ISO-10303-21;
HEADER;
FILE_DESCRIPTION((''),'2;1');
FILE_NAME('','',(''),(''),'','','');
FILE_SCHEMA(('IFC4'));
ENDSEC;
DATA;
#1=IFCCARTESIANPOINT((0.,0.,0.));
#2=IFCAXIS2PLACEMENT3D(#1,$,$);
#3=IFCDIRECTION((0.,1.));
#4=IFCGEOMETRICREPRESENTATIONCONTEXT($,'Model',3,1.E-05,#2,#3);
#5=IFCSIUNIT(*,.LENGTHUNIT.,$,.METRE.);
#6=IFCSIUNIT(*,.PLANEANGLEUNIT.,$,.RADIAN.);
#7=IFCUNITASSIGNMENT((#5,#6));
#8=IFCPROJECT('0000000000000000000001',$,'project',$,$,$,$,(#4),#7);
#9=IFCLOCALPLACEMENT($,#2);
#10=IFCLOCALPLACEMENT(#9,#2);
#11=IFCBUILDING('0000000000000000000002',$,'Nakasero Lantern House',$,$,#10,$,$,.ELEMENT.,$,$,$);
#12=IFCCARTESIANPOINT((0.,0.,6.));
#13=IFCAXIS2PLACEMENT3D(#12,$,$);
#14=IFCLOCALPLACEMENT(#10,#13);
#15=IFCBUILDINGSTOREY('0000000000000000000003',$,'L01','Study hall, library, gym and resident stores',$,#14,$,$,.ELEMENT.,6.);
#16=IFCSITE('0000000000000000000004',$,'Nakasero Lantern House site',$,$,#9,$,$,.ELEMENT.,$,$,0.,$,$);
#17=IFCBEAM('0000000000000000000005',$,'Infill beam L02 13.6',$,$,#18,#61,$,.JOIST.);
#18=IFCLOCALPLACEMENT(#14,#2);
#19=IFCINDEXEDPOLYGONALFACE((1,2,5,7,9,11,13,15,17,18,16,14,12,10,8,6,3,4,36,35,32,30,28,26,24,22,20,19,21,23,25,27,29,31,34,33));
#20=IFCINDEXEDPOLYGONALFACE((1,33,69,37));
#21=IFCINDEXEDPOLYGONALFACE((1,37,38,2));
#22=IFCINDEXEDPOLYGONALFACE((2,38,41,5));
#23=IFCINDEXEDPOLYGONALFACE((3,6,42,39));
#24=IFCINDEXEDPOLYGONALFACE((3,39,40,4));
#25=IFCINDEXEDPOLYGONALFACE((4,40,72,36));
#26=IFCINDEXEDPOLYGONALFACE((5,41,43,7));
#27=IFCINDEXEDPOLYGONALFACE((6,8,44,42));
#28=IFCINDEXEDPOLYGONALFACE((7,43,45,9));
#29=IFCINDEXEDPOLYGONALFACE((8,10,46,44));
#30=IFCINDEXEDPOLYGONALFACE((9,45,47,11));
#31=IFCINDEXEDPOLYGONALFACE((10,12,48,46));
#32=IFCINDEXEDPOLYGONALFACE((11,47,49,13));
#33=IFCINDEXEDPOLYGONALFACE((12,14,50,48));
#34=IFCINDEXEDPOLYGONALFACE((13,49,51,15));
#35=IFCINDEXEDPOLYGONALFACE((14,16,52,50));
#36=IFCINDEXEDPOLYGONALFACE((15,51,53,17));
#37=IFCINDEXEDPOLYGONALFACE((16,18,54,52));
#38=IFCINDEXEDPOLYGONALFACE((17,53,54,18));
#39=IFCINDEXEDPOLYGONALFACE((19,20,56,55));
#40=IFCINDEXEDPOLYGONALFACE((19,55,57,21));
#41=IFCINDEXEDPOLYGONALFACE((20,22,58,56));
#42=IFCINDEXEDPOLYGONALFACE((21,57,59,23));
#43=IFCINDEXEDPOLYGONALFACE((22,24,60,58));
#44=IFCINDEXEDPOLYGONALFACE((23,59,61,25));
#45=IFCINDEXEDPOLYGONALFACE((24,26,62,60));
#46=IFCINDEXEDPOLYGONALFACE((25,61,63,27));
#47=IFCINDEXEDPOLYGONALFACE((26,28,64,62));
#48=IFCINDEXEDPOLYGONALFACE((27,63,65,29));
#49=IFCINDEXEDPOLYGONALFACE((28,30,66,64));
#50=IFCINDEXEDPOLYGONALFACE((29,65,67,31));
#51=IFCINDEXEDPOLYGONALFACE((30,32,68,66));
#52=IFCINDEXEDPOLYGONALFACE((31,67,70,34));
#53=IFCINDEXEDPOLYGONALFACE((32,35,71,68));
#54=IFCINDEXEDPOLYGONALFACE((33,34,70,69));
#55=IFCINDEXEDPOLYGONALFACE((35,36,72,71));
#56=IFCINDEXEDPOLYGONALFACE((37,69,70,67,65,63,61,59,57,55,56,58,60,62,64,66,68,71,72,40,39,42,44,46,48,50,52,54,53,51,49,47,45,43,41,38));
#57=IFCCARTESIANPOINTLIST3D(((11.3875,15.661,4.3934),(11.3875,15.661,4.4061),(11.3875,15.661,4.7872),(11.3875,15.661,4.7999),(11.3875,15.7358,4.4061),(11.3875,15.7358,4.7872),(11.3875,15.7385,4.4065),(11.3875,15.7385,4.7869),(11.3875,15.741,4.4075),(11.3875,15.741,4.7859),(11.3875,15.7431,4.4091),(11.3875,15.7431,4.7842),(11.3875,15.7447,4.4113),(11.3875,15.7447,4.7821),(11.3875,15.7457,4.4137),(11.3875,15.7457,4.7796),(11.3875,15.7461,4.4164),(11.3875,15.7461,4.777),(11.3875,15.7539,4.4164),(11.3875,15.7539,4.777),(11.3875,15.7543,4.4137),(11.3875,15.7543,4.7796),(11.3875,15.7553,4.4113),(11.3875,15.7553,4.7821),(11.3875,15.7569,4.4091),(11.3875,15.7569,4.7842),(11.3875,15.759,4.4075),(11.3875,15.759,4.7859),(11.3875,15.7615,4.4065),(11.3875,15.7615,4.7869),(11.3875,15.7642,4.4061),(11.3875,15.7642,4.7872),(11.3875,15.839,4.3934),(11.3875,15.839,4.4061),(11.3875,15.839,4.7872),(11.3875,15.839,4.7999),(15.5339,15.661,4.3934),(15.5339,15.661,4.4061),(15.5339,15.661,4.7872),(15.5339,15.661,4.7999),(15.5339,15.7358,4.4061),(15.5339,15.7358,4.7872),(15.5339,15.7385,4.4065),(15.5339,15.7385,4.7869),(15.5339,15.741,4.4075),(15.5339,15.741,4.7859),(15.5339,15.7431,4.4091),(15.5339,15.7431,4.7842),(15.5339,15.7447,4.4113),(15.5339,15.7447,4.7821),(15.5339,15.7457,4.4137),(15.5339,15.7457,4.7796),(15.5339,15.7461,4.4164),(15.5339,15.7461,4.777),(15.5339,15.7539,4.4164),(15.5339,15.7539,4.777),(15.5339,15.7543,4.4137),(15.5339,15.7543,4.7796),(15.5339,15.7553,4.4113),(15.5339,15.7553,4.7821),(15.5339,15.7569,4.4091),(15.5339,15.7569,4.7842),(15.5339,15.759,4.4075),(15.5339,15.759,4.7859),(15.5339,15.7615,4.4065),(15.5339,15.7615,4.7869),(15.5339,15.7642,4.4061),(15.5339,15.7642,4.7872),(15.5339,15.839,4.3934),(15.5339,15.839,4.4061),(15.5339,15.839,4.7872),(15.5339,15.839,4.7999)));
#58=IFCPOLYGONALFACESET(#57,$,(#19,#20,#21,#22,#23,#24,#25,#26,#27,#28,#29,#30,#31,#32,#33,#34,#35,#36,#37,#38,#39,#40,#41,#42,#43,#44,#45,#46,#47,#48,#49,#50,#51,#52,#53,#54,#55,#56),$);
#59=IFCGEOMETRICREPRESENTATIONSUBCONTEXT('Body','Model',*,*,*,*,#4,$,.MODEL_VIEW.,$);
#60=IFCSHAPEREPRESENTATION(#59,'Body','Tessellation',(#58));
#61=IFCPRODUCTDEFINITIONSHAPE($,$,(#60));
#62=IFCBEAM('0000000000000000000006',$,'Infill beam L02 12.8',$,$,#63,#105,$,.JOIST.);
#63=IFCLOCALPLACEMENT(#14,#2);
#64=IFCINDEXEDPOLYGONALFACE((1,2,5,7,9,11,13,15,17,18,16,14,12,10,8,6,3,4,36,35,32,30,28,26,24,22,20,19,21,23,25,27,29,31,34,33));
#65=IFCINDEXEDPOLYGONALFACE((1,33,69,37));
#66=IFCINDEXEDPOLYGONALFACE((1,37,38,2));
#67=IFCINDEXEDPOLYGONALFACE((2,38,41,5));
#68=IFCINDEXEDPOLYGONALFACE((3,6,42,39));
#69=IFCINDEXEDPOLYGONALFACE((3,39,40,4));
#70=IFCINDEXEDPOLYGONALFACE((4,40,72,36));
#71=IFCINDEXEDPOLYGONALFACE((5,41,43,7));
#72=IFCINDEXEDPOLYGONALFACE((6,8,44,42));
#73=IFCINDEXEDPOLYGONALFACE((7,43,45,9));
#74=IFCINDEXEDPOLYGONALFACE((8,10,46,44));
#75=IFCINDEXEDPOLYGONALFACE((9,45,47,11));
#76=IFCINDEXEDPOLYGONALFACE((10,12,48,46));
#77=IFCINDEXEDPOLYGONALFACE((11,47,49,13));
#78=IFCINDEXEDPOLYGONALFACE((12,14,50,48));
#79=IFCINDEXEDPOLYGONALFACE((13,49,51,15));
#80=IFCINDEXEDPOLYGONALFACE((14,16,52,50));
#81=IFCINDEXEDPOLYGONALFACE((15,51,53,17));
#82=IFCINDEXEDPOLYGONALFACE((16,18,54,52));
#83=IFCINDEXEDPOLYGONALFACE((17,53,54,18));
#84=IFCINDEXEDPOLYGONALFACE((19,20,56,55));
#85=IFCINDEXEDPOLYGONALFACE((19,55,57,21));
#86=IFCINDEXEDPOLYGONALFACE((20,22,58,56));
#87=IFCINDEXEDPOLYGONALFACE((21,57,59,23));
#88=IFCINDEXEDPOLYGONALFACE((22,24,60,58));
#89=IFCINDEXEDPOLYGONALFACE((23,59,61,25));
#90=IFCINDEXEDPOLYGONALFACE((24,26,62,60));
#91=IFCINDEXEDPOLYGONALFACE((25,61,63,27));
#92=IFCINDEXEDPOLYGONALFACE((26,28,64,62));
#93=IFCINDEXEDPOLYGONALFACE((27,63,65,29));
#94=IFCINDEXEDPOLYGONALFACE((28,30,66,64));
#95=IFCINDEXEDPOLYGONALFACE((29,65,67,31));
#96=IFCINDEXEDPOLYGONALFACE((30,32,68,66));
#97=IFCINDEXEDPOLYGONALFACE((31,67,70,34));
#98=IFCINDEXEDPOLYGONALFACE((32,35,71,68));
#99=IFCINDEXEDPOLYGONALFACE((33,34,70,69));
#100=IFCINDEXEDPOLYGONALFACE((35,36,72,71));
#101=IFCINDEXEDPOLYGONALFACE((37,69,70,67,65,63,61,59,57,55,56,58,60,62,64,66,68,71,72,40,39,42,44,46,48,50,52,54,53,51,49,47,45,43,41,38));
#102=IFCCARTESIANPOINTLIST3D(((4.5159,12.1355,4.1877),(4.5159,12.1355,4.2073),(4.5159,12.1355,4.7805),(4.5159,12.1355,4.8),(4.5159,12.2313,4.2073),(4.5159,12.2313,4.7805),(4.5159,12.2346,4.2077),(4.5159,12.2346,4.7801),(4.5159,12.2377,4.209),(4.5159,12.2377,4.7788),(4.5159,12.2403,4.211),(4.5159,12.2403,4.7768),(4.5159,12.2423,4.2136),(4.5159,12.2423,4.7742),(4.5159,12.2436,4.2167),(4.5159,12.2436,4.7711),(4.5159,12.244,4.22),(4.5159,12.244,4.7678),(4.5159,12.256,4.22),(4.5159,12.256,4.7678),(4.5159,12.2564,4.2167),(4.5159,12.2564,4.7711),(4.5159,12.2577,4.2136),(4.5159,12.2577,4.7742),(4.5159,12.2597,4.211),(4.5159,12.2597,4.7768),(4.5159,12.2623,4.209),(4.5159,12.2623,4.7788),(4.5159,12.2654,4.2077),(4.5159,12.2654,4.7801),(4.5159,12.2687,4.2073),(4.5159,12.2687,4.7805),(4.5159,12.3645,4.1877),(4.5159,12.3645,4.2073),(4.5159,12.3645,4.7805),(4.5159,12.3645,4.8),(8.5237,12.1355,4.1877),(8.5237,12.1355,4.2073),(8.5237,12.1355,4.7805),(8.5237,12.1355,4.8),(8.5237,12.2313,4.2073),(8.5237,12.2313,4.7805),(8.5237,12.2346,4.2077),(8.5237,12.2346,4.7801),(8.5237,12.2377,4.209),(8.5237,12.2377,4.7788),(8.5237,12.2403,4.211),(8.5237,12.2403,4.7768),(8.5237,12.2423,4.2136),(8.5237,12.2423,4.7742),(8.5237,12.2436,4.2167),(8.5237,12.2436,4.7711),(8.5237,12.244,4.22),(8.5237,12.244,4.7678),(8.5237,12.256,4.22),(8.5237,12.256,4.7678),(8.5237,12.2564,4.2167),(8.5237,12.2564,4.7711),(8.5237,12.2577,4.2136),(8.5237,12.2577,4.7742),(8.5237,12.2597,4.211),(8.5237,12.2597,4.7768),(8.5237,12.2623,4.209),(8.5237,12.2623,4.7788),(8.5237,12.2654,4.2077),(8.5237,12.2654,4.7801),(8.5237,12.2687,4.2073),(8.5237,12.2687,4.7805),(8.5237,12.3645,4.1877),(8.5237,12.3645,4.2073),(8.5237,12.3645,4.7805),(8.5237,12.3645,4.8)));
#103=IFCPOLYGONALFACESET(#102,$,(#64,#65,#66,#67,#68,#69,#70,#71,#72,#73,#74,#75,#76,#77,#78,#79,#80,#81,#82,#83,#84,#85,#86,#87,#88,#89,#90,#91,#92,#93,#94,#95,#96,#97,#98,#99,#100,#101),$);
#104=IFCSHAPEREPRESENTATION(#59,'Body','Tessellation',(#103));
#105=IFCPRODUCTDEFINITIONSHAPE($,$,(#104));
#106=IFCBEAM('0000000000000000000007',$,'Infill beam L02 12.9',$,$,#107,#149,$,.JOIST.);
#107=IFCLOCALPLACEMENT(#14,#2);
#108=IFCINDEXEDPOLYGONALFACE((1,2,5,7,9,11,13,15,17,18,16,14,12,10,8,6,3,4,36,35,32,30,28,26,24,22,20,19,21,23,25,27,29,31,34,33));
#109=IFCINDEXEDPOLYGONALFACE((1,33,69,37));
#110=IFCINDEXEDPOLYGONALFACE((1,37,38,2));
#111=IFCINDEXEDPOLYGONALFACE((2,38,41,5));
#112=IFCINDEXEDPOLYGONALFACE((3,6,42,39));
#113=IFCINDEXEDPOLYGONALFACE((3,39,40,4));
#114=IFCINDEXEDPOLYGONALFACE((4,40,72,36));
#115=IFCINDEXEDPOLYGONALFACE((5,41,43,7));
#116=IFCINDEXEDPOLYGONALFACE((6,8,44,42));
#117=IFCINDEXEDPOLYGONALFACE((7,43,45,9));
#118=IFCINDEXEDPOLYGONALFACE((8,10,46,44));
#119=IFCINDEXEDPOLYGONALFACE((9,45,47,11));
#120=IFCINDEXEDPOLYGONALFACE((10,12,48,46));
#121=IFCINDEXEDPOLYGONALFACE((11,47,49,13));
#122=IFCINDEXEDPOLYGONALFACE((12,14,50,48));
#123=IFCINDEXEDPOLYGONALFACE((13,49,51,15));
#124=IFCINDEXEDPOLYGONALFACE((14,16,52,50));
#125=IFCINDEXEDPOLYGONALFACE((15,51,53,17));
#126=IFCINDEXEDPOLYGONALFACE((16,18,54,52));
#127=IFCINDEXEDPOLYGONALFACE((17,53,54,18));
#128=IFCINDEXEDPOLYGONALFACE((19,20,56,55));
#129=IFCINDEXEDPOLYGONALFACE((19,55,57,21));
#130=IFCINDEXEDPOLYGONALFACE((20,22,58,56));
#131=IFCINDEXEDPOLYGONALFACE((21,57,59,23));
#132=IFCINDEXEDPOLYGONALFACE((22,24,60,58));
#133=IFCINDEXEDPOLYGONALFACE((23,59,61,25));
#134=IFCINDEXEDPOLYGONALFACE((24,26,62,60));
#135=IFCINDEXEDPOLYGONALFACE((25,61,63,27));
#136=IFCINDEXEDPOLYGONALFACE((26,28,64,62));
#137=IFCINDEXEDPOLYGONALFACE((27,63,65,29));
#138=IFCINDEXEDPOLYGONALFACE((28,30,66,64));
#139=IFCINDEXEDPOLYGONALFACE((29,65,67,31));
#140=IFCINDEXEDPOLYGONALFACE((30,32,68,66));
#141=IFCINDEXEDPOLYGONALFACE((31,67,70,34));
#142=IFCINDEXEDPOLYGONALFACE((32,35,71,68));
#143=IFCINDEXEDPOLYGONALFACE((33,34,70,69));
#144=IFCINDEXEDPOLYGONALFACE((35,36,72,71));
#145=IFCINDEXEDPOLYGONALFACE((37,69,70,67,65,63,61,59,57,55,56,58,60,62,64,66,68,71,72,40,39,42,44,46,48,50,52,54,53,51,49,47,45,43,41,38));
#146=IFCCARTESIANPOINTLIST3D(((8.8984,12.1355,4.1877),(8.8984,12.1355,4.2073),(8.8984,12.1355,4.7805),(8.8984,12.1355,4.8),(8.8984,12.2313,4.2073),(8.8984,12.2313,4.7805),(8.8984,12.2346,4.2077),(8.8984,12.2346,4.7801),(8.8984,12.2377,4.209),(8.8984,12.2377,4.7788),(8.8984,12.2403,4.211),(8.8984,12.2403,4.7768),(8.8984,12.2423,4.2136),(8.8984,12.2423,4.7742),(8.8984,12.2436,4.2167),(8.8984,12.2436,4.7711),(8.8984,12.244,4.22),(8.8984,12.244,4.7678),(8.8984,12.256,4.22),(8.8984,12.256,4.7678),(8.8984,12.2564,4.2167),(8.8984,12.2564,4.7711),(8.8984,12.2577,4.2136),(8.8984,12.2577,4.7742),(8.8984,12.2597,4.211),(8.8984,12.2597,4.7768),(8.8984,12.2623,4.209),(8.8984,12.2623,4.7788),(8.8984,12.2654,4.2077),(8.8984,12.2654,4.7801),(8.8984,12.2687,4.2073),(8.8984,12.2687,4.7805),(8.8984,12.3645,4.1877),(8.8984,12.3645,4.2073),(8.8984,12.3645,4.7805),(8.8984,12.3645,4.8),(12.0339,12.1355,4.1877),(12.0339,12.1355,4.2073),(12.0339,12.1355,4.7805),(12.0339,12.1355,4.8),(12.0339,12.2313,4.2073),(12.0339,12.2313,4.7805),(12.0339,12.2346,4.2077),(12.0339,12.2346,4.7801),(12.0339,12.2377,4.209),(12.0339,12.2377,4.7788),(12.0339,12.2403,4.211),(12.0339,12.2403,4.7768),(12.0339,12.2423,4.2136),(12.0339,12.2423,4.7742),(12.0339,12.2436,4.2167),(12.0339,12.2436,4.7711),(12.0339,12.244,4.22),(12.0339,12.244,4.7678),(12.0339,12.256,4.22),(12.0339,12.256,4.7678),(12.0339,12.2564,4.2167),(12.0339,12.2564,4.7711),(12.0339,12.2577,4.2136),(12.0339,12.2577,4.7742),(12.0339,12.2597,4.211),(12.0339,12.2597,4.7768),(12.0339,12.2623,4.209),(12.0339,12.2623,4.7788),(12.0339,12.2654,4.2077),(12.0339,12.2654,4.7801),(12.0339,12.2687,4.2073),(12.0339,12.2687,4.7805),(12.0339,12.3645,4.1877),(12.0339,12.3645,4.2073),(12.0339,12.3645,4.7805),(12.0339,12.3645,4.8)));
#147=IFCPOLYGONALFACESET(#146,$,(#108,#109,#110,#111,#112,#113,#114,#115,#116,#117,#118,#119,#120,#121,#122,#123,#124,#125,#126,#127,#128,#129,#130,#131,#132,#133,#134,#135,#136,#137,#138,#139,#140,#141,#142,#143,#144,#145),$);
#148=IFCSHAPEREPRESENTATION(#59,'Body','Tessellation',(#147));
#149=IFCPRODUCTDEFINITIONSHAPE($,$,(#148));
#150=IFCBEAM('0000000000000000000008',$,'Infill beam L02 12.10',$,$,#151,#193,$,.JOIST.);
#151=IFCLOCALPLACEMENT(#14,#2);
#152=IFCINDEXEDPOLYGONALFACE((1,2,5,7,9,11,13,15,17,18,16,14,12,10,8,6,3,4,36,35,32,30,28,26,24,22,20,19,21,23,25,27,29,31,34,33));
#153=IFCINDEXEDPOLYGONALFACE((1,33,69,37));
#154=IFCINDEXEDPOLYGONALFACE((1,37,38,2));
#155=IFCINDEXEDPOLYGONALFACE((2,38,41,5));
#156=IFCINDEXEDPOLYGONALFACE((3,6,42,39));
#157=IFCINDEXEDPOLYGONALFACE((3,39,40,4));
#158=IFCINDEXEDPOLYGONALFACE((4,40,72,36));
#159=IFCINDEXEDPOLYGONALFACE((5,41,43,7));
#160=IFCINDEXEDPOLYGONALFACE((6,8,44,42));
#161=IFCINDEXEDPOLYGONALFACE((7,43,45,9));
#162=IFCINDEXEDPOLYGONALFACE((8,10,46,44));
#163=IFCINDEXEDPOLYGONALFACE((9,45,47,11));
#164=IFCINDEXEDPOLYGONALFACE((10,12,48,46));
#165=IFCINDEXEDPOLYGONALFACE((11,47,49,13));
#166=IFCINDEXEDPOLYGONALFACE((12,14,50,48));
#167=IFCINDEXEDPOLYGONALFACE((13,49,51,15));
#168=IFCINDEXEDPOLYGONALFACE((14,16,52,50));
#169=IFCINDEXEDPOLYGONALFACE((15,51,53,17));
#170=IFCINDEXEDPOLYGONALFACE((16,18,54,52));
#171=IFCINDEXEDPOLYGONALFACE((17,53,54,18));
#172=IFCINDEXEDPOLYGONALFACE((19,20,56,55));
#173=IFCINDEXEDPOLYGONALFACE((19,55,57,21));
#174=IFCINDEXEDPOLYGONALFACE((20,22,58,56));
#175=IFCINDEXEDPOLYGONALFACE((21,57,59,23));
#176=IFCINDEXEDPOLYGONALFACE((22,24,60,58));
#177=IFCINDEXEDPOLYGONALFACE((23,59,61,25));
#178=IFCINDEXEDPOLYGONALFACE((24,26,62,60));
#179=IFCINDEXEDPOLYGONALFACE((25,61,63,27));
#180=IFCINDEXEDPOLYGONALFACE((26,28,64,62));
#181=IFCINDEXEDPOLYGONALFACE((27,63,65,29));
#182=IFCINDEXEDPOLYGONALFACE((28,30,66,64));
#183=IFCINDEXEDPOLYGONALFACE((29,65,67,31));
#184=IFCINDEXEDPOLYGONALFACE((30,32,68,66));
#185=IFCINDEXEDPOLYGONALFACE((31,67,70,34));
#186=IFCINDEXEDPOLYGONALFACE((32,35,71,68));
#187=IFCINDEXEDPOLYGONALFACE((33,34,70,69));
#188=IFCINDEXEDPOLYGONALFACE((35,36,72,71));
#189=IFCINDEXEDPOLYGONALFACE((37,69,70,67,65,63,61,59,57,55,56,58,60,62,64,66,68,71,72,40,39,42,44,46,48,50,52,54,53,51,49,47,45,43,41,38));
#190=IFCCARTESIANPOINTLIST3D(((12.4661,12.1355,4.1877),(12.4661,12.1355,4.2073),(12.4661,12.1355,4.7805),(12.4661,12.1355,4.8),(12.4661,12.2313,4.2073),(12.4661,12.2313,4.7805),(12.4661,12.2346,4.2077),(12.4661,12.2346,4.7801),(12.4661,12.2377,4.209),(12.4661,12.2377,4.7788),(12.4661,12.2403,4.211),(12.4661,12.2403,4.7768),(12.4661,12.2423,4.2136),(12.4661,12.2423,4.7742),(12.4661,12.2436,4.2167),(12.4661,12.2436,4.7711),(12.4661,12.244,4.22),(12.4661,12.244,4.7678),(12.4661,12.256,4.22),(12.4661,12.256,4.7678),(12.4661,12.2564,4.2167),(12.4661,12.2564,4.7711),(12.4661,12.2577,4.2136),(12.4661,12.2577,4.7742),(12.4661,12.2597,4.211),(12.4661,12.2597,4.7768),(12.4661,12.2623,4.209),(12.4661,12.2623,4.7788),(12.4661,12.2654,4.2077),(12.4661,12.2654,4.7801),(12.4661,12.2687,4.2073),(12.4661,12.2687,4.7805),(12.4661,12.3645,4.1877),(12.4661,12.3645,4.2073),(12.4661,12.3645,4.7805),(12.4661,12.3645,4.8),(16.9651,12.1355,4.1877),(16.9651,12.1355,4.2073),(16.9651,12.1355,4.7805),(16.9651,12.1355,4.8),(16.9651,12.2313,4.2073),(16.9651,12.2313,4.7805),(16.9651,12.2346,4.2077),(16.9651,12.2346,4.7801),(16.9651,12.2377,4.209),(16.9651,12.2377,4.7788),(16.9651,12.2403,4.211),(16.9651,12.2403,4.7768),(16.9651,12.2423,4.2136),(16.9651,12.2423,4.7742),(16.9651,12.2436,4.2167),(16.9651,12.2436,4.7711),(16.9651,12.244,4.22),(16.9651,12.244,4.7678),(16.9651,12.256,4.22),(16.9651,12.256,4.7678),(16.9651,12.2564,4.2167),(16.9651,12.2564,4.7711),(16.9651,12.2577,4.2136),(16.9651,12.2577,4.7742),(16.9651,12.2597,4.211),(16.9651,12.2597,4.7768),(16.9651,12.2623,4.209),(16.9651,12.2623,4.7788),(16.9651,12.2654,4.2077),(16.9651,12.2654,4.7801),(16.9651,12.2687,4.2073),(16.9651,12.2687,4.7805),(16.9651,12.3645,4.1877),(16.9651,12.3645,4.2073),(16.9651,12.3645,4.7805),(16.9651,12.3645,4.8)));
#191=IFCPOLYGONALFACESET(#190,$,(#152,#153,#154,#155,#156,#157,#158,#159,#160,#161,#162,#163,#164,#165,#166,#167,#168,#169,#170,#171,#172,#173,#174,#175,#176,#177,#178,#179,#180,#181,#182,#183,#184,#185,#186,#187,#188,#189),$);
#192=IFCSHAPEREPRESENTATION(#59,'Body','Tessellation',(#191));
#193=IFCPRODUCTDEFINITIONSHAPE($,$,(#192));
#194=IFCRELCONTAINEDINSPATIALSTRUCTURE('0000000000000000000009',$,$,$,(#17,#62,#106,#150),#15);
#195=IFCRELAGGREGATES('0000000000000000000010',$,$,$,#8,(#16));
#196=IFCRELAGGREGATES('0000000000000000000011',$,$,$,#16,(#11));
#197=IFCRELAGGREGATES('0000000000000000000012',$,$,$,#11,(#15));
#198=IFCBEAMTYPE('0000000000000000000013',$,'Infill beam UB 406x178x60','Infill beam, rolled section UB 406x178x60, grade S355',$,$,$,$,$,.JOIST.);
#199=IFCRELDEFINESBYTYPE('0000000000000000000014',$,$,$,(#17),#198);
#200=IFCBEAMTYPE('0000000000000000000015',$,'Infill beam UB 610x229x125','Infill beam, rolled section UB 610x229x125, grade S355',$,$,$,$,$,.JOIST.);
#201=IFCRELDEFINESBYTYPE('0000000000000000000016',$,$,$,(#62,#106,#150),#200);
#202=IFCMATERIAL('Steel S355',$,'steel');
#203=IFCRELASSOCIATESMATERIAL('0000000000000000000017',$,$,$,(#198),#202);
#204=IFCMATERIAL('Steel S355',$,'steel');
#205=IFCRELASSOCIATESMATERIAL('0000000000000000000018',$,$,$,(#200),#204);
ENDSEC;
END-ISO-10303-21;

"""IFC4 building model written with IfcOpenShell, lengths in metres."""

from ifc_helpers import new_model, si_unit, direction, frame, origin, origin_2d, place, context, subcontext, project, spatial, i_section, extrude, material, material_profile, profile_set, type_object, element, save


model = new_model("IFC4")

# Units and contexts
model_context = context("Model", 3, precision=1e-05, world=origin(), true_north=direction((0.0, 1.0)))
body_context = subcontext(model_context, "Body", "Model", "MODEL_VIEW")
ifc_project = project(units=[si_unit("LENGTHUNIT", "METRE"), si_unit("PLANEANGLEUNIT", "RADIAN")], contexts=[model_context])

# Site, building, storey
site_placement = place(None, origin())
site = spatial("IfcSite", under=ifc_project, at=site_placement, Name="Nakasero Lantern House site", CompositionType="ELEMENT", RefElevation=0.0)
building_placement = place(site_placement, origin())
building = spatial("IfcBuilding", under=site, at=building_placement, Name="Nakasero Lantern House", CompositionType="ELEMENT")
storey_placement = place(building_placement, frame((0.0, 0.0, 6.0)))
storey = spatial("IfcBuildingStorey", under=building, at=storey_placement, Name="L01", Description="Study hall, library, gym and resident stores", CompositionType="ELEMENT", Elevation=6.0)

# Beams
ifc_material_1 = material(Name="Steel S355", Category="steel")
ifc_material_profile_1 = material_profile(ifc_material_1, i_section(OverallWidth=0.178, OverallDepth=0.4065, WebThickness=0.0078, FlangeThickness=0.0127, FilletRadius=0.0103, at=origin_2d()), Name="UB 406x178x60")
ifc_profile_set_1 = profile_set([ifc_material_profile_1], Name="Steel S355")
beam_type_1 = type_object("IfcBeamType", Name="Infill beam UB 406x178x60", Description="Infill beam, rolled section UB 406x178x60, grade S355", PredefinedType="JOIST", material=ifc_profile_set_1)
beam_1_placement = place(storey_placement, frame((11.3875, 15.75, 4.5967), z_axis=(1.0, 0.0, 0.0), x_axis=(0.0, 1.0, 0.0)))
element("IfcBeam", 1, at=beam_1_placement, inside=storey, type_object=beam_type_1, Name="Infill beam L02 13.6", PredefinedType="JOIST", context=body_context, shape_type="SweptSolid", body=[
    extrude(i_section(OverallWidth=0.178, OverallDepth=0.4065, WebThickness=0.0078, FlangeThickness=0.0127, FilletRadius=0.0103, at=origin_2d()), origin(), (0.0, 0.0, 1.0), 4.1465),
])
ifc_material_2 = material(Name="Steel S355", Category="steel")
ifc_material_profile_2 = material_profile(ifc_material_2, i_section(OverallWidth=0.229, OverallDepth=0.6123, WebThickness=0.012, FlangeThickness=0.0195, FilletRadius=0.0127, at=origin_2d()), Name="UB 610x229x125")
ifc_profile_set_2 = profile_set([ifc_material_profile_2], Name="Steel S355")
beam_type_2 = type_object("IfcBeamType", Name="Infill beam UB 610x229x125", Description="Infill beam, rolled section UB 610x229x125, grade S355", PredefinedType="JOIST", material=ifc_profile_set_2)
beam_2_placement = place(storey_placement, frame((4.5159, 12.25, 4.4939), z_axis=(1.0, 0.0, 0.0), x_axis=(0.0, 1.0, 0.0)))
element("IfcBeam", 2, at=beam_2_placement, inside=storey, type_object=beam_type_2, Name="Infill beam L02 12.8", PredefinedType="JOIST", context=body_context, shape_type="SweptSolid", body=[
    extrude(i_section(OverallWidth=0.229, OverallDepth=0.6123, WebThickness=0.012, FlangeThickness=0.0195, FilletRadius=0.0127, at=origin_2d()), origin(), (0.0, 0.0, 1.0), 4.0078),
])
beam_3_placement = place(storey_placement, frame((8.8984, 12.25, 4.4939), z_axis=(1.0, 0.0, 0.0), x_axis=(0.0, 1.0, 0.0)))
element("IfcBeam", 3, at=beam_3_placement, inside=storey, type_object=beam_type_2, Name="Infill beam L02 12.9", PredefinedType="JOIST", context=body_context, shape_type="SweptSolid", body=[
    extrude(i_section(OverallWidth=0.229, OverallDepth=0.6123, WebThickness=0.012, FlangeThickness=0.0195, FilletRadius=0.0127, at=origin_2d()), origin(), (0.0, 0.0, 1.0), 3.1355),
])
beam_4_placement = place(storey_placement, frame((12.4661, 12.25, 4.4939), z_axis=(1.0, 0.0, 0.0), x_axis=(0.0, 1.0, 0.0)))
element("IfcBeam", 4, at=beam_4_placement, inside=storey, type_object=beam_type_2, Name="Infill beam L02 12.10", PredefinedType="JOIST", context=body_context, shape_type="SweptSolid", body=[
    extrude(i_section(OverallWidth=0.229, OverallDepth=0.6123, WebThickness=0.012, FlangeThickness=0.0195, FilletRadius=0.0127, at=origin_2d()), origin(), (0.0, 0.0, 1.0), 4.499),
])

save(model, "model.ifc")
